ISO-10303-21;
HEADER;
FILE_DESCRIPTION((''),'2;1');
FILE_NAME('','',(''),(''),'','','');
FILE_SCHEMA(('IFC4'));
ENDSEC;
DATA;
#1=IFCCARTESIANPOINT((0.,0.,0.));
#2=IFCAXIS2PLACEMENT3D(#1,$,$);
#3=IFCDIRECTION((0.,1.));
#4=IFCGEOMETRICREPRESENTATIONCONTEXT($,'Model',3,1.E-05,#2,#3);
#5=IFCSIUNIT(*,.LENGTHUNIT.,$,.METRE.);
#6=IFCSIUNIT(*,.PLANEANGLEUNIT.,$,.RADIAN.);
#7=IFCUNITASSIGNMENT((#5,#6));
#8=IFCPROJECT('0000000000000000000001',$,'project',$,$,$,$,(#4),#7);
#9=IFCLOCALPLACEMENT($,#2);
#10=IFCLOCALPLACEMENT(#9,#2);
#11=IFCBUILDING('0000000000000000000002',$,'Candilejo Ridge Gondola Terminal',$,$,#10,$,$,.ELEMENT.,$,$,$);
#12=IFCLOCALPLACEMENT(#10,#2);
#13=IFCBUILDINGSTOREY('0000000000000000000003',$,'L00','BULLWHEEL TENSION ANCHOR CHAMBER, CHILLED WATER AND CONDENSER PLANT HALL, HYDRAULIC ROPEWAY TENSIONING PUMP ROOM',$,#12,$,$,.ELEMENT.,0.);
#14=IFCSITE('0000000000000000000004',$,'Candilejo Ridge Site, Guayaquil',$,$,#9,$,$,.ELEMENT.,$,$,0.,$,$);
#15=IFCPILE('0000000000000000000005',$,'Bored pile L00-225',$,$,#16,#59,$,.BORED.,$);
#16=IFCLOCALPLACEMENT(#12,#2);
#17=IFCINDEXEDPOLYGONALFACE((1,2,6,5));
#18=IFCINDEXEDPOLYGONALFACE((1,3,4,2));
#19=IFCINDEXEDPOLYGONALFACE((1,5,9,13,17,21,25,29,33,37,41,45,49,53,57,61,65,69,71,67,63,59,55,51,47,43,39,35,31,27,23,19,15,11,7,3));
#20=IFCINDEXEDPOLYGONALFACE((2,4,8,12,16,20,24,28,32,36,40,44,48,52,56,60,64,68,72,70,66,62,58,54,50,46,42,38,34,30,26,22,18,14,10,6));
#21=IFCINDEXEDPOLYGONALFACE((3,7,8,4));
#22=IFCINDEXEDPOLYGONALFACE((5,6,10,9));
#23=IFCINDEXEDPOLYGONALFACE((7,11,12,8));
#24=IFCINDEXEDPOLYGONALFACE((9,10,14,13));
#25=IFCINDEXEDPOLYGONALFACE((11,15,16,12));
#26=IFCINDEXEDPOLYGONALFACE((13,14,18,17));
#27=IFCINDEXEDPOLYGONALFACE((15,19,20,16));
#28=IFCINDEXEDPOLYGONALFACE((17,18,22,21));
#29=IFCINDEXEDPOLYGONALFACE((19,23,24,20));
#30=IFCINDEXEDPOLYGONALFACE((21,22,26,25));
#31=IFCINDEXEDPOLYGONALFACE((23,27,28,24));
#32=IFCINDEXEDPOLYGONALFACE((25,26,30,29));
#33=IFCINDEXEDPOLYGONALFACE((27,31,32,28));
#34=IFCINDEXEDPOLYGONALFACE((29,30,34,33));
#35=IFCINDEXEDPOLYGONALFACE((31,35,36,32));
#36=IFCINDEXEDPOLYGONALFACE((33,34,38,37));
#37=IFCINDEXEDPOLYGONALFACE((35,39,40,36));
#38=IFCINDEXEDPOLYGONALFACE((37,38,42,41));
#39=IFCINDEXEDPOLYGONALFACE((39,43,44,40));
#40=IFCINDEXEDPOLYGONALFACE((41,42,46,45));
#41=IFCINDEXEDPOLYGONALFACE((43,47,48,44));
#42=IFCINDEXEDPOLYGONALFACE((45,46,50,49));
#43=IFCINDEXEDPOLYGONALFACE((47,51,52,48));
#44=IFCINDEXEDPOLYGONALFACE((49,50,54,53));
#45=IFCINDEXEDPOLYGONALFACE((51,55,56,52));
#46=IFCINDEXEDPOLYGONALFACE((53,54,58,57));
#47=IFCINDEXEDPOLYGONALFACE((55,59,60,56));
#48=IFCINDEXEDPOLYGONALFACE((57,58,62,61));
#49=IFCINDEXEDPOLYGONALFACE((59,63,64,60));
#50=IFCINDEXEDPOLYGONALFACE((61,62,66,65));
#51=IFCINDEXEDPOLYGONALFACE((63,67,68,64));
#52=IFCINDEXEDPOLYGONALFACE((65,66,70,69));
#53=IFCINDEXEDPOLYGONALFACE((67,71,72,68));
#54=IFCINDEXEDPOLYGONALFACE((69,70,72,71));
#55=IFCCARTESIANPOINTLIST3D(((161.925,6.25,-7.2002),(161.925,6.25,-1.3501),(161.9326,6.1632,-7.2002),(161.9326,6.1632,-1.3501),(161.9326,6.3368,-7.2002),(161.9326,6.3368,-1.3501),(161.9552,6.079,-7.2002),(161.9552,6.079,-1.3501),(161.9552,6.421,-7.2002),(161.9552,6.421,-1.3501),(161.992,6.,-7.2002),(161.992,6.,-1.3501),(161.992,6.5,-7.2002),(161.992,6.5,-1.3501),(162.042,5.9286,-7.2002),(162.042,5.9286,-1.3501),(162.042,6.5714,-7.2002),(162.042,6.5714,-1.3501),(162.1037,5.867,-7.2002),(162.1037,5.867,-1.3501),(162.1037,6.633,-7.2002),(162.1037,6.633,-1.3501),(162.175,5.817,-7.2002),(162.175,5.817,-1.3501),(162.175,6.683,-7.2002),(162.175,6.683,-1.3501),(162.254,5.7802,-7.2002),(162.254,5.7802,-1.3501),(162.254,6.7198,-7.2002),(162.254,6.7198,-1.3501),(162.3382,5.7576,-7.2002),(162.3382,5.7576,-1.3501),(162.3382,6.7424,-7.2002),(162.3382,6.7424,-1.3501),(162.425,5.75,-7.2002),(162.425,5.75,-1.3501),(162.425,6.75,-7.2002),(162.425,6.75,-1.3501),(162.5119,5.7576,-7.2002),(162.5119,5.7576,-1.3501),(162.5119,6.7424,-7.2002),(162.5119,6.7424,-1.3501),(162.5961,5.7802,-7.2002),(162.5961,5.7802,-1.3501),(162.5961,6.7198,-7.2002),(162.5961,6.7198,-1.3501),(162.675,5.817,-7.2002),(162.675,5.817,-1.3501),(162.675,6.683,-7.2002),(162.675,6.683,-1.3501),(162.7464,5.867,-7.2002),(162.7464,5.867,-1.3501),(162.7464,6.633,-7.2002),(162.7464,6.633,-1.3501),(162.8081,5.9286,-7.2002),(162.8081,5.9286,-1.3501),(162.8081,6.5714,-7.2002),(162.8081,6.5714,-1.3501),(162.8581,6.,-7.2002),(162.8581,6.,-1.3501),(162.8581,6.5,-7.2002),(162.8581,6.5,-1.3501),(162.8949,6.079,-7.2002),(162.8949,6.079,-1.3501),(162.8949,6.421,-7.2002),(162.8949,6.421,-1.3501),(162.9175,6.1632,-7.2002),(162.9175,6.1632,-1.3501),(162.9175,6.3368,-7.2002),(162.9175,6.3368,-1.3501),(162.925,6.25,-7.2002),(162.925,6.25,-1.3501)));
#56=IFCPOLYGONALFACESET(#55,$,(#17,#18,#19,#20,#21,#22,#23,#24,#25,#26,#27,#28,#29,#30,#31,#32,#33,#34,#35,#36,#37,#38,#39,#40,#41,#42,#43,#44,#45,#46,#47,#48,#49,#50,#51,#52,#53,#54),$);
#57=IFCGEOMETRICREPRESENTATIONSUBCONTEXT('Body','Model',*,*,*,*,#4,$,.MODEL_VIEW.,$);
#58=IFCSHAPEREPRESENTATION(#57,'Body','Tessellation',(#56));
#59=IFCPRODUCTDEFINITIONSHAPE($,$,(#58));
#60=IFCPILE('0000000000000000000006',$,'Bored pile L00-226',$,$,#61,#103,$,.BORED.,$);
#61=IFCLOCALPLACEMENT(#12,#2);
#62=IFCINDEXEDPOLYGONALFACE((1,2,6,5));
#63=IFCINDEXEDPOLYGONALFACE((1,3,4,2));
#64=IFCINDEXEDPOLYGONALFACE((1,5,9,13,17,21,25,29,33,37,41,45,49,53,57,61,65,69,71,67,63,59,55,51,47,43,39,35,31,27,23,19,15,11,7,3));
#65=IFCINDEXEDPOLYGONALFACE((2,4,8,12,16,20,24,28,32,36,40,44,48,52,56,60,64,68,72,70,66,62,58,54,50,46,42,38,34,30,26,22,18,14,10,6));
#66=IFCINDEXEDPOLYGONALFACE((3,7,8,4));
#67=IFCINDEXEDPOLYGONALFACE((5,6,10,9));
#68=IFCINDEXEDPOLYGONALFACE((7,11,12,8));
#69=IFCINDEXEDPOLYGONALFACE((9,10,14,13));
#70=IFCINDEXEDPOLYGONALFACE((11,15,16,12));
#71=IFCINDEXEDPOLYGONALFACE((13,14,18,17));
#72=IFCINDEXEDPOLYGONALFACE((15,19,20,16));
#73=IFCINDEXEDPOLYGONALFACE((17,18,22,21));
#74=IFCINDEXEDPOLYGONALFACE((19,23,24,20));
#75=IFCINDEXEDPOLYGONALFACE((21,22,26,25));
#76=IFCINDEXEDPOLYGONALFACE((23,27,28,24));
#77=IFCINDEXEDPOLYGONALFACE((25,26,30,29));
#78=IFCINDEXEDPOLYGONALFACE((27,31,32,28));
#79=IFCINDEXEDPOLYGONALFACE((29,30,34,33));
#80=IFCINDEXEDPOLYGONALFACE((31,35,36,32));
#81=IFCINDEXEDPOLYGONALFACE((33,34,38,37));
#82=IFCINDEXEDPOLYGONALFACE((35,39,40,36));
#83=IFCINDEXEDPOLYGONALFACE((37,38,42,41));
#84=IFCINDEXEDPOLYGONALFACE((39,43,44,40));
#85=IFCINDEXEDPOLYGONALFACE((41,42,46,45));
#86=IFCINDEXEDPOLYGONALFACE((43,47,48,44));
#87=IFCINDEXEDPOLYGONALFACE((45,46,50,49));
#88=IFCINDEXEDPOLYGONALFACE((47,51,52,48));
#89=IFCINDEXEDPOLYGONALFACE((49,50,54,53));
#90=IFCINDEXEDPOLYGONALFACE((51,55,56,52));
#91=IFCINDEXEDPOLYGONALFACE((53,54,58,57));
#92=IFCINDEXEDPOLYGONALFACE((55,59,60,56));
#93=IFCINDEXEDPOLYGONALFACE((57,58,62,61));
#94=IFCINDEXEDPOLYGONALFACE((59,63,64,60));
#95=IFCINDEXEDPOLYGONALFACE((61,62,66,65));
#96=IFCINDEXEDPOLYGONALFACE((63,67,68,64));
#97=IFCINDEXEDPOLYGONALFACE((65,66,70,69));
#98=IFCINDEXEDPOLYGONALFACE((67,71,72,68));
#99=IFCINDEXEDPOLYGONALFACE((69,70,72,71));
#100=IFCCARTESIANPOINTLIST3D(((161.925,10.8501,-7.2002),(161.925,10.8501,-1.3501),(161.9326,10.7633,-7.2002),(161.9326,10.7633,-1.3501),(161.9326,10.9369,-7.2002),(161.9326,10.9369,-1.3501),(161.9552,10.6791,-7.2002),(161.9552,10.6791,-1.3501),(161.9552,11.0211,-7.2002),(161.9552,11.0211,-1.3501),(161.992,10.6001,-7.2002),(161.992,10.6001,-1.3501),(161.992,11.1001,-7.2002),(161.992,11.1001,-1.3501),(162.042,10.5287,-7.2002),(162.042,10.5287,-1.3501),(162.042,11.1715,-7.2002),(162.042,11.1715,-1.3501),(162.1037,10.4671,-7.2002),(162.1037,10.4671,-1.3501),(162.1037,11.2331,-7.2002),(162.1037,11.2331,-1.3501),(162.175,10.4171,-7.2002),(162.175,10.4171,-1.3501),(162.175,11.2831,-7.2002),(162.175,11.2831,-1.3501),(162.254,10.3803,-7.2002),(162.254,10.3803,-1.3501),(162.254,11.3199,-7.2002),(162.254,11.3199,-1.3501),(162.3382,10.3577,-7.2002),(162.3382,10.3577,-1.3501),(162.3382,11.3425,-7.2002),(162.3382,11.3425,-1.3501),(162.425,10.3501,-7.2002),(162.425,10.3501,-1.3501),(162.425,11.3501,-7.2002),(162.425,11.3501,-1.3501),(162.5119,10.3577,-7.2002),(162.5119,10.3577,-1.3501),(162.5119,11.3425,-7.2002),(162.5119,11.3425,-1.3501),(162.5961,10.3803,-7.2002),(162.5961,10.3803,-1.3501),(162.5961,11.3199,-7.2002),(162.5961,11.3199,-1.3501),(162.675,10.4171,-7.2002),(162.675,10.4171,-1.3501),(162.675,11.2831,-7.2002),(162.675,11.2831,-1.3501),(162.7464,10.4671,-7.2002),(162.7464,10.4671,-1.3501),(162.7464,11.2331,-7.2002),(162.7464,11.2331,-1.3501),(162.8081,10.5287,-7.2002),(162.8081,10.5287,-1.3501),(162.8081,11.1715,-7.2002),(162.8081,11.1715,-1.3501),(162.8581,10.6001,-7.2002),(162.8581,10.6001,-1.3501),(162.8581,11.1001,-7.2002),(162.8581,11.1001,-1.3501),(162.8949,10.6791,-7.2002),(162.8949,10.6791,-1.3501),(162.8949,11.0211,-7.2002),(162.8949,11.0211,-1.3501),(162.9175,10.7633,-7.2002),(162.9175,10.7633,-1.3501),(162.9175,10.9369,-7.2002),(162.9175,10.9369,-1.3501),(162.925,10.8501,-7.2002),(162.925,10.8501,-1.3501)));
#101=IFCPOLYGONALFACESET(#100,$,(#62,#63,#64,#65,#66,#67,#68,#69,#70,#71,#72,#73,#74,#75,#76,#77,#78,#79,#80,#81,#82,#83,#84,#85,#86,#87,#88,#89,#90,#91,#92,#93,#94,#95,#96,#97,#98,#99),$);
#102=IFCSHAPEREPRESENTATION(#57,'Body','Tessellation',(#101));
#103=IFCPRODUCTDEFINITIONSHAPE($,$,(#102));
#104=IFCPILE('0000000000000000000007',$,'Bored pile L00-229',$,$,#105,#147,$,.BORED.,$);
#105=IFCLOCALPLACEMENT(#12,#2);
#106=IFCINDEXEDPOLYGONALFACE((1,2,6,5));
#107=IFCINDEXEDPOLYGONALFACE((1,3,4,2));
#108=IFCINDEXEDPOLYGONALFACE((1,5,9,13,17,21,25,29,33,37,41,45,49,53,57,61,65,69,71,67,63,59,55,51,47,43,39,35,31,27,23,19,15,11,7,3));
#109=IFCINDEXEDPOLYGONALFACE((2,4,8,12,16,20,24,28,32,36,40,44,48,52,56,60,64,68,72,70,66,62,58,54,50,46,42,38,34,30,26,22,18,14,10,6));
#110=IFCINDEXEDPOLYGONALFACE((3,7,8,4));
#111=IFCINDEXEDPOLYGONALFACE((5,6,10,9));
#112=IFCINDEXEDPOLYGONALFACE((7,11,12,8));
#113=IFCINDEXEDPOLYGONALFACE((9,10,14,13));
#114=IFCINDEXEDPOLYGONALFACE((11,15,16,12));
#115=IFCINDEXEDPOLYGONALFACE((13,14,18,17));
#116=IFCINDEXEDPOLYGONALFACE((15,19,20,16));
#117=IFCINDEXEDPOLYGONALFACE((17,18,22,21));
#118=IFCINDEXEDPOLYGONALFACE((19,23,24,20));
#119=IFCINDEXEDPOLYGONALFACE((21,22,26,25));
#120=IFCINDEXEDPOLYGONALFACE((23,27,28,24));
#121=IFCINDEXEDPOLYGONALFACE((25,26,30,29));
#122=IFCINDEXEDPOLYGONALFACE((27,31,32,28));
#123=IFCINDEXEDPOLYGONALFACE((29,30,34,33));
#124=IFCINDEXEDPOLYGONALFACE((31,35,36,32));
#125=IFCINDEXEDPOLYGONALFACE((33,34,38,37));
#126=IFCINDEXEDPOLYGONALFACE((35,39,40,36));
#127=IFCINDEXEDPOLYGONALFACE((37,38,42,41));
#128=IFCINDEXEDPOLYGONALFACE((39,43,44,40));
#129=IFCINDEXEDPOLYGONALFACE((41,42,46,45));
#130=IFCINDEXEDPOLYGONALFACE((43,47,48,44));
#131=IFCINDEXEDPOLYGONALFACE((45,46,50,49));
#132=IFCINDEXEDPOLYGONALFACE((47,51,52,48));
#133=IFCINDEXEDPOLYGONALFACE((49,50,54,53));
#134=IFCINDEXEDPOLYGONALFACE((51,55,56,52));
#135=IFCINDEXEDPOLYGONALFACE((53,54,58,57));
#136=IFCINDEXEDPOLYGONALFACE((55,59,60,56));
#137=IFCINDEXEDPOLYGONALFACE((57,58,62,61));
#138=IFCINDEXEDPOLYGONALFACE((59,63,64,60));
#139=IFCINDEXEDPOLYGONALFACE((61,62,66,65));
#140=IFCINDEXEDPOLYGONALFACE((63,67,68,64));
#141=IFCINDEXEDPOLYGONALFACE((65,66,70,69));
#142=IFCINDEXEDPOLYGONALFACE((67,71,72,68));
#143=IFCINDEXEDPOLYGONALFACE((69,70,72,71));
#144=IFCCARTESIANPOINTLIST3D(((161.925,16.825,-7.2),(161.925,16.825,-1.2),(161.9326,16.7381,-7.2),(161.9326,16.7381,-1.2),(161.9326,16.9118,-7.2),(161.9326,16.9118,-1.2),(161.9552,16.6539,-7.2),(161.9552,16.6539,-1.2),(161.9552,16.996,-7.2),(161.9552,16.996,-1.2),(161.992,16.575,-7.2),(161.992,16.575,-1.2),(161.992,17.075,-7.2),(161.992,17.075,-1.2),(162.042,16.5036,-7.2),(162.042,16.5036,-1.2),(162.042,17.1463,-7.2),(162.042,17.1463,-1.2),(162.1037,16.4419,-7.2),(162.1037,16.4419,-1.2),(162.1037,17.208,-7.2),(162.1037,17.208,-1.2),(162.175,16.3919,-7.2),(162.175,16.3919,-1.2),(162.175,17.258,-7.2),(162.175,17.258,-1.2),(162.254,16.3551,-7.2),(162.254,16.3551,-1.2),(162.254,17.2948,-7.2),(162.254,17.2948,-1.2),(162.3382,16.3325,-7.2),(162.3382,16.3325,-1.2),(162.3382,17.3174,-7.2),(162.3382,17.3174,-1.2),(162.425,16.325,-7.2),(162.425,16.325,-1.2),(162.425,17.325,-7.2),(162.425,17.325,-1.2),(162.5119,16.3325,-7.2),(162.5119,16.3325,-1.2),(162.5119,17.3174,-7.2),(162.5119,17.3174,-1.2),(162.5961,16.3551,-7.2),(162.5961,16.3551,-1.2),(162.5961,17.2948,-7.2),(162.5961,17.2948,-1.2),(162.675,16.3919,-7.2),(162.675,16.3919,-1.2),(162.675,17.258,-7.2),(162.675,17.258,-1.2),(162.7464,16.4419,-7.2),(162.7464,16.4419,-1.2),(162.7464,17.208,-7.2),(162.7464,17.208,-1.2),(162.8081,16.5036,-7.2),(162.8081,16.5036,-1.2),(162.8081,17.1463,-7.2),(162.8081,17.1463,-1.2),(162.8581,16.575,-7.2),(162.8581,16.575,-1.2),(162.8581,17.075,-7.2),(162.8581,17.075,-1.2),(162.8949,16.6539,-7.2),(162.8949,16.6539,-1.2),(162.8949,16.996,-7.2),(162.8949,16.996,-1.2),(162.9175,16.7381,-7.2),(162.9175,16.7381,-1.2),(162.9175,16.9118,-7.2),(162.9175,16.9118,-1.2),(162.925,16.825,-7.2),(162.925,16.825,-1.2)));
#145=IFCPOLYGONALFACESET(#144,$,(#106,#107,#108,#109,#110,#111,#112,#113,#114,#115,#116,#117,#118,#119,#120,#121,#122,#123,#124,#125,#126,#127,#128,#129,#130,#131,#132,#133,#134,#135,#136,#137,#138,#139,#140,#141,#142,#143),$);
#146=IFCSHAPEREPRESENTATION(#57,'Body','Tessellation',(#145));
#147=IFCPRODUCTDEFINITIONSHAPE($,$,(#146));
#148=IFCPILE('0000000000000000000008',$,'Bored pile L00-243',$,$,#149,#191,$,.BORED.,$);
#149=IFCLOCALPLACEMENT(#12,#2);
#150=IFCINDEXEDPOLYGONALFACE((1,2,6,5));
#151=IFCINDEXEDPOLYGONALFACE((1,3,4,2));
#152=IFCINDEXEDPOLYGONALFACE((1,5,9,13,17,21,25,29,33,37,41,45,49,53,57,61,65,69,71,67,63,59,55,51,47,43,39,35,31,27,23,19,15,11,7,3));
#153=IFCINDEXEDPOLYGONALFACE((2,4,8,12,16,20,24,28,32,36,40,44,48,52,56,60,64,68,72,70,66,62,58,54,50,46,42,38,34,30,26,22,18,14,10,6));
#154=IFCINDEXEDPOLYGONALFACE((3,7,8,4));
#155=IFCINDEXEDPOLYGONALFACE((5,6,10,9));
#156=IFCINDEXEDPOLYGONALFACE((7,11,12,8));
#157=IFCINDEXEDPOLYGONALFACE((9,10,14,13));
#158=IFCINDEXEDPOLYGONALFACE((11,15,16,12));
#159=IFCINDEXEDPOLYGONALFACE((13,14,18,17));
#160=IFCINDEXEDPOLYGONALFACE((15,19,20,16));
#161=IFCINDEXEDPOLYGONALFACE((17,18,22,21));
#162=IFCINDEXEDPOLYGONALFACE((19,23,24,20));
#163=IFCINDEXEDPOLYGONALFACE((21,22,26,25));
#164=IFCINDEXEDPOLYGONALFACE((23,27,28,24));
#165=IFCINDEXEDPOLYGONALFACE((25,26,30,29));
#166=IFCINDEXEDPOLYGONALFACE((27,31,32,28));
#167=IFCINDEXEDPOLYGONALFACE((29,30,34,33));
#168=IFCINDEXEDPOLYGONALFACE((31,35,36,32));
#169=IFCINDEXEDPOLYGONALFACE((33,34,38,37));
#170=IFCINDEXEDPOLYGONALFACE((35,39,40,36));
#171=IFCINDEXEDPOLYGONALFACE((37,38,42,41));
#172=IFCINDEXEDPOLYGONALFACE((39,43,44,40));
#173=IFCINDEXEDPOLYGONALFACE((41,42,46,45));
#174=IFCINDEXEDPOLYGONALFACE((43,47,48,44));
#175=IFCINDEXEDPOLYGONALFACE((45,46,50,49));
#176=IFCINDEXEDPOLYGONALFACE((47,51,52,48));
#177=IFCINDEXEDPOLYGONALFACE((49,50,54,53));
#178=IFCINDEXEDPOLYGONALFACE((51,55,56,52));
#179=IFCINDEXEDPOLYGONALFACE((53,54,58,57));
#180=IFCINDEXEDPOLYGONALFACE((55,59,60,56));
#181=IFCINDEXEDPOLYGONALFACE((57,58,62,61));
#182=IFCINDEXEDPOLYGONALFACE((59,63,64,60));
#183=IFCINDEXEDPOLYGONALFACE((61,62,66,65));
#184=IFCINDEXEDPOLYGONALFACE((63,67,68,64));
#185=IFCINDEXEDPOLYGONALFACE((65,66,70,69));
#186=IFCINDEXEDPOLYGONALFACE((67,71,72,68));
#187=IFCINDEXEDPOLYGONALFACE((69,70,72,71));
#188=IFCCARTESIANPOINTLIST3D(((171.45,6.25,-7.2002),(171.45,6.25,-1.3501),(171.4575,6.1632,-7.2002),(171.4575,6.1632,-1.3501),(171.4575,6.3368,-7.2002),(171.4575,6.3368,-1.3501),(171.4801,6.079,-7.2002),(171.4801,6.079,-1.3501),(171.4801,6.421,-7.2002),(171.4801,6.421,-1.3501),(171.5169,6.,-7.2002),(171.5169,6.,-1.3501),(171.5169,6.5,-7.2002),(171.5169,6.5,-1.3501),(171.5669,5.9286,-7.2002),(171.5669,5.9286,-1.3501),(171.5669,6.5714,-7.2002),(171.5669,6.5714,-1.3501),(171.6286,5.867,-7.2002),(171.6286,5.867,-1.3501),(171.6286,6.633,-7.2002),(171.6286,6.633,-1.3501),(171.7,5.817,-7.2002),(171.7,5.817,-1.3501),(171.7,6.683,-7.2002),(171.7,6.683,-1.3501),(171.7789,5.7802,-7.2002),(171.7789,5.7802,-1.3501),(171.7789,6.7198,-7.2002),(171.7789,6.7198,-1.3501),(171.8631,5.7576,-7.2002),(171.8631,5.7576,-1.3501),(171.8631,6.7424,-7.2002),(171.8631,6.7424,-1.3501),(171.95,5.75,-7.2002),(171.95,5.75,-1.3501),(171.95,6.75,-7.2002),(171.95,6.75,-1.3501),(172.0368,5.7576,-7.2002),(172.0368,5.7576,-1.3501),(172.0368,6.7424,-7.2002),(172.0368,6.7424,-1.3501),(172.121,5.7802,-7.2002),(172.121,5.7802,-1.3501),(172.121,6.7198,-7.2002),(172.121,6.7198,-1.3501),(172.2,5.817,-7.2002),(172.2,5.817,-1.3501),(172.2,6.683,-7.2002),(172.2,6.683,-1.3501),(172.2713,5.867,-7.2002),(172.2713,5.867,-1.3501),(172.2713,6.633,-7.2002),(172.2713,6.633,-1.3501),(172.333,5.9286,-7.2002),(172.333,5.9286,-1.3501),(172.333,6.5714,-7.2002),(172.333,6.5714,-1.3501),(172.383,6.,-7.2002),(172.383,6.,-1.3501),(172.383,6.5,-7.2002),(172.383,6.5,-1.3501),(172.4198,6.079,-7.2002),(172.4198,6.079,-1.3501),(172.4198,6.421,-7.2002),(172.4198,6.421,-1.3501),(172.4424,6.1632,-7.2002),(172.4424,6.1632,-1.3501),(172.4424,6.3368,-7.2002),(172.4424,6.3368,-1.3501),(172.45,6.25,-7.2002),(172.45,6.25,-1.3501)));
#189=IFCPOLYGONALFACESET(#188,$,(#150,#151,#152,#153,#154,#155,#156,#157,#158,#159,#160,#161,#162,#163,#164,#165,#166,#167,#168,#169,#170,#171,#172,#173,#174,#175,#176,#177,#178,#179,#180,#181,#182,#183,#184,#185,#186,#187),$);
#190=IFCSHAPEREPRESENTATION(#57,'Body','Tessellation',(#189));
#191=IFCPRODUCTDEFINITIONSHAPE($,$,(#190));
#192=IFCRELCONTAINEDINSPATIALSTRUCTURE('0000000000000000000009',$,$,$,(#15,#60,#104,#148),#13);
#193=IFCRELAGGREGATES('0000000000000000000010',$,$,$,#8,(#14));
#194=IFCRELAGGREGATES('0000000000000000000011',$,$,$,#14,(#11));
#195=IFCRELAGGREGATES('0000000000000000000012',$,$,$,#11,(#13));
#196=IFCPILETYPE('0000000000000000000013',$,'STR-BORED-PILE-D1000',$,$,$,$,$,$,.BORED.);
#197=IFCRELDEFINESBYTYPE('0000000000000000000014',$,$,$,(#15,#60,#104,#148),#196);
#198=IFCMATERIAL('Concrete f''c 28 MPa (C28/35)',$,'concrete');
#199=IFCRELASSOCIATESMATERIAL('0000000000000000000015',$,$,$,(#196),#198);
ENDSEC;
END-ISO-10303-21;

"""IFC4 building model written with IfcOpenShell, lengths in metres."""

from ifc_helpers import new_model, si_unit, direction, frame, origin, origin_2d, place, context, subcontext, project, spatial, circle, extrude, material, material_profile, profile_set, type_object, element, save


model = new_model("IFC4")

# Units and contexts
model_context = context("Model", 3, precision=1e-05, world=origin(), true_north=direction((0.0, 1.0)))
body_context = subcontext(model_context, "Body", "Model", "MODEL_VIEW")
ifc_project = project(units=[si_unit("LENGTHUNIT", "METRE"), si_unit("PLANEANGLEUNIT", "RADIAN")], contexts=[model_context])

# Site, building, storey
site_placement = place(None, origin())
site = spatial("IfcSite", under=ifc_project, at=site_placement, Name="Candilejo Ridge Site, Guayaquil", CompositionType="ELEMENT", RefElevation=0.0)
building_placement = place(site_placement, origin())
building = spatial("IfcBuilding", under=site, at=building_placement, Name="Candilejo Ridge Gondola Terminal", CompositionType="ELEMENT")
storey_placement = place(building_placement, origin())
storey = spatial("IfcBuildingStorey", under=building, at=storey_placement, Name="L00", Description="BULLWHEEL TENSION ANCHOR CHAMBER, CHILLED WATER AND CONDENSER PLANT HALL, HYDRAULIC ROPEWAY TENSIONING PUMP ROOM", CompositionType="ELEMENT", Elevation=0.0)

# Piles
ifc_material_1 = material(Name="Concrete f'c 28 MPa (C28/35)", Category="concrete")
ifc_material_profile_1 = material_profile(ifc_material_1, circle(Radius=0.5, at=origin_2d()))
ifc_profile_set_1 = profile_set([ifc_material_profile_1], Name="Concrete f'c 28 MPa (C28/35)")
pile_type = type_object("IfcPileType", Name="STR-BORED-PILE-D1000", PredefinedType="BORED", material=ifc_profile_set_1)
for number, where, z_axis, x_axis, name in (
    (1, (162.425, 6.25, -1.3501), (0.0, 0.0, -1.0), (1.0, 0.0, 0.0), "Bored pile L00-225"),
    (2, (162.425, 10.8501, -1.3501), (0.0, 0.0, -1.0), (1.0, 0.0, 0.0), "Bored pile L00-226"),
):
    element("IfcPile", number, at=place(storey_placement, frame(where, z_axis=z_axis, x_axis=x_axis)), inside=storey, type_object=pile_type, Name=name, PredefinedType="BORED", context=body_context, shape_type="SweptSolid", body=[
        extrude(circle(Radius=0.5, at=origin_2d()), origin(), (0.0, 0.0, 1.0), 5.8501),
    ])
pile_1_placement = place(storey_placement, frame((162.425, 16.825, -1.2), z_axis=(0.0, 0.0, -1.0), x_axis=(1.0, 0.0, 0.0)))
element("IfcPile", 3, at=pile_1_placement, inside=storey, type_object=pile_type, Name="Bored pile L00-229", PredefinedType="BORED", context=body_context, shape_type="SweptSolid", body=[
    extrude(circle(Radius=0.5, at=origin_2d()), origin(), (0.0, 0.0, 1.0), 6.0),
])
for number, where, z_axis, x_axis, name in (
    (4, (171.95, 6.25, -1.3501), (0.0, 0.0, -1.0), (1.0, 0.0, 0.0), "Bored pile L00-243"),
):
    element("IfcPile", number, at=place(storey_placement, frame(where, z_axis=z_axis, x_axis=x_axis)), inside=storey, type_object=pile_type, Name=name, PredefinedType="BORED", context=body_context, shape_type="SweptSolid", body=[
        extrude(circle(Radius=0.5, at=origin_2d()), origin(), (0.0, 0.0, 1.0), 5.8501),
    ])

save(model, "model.ifc")
